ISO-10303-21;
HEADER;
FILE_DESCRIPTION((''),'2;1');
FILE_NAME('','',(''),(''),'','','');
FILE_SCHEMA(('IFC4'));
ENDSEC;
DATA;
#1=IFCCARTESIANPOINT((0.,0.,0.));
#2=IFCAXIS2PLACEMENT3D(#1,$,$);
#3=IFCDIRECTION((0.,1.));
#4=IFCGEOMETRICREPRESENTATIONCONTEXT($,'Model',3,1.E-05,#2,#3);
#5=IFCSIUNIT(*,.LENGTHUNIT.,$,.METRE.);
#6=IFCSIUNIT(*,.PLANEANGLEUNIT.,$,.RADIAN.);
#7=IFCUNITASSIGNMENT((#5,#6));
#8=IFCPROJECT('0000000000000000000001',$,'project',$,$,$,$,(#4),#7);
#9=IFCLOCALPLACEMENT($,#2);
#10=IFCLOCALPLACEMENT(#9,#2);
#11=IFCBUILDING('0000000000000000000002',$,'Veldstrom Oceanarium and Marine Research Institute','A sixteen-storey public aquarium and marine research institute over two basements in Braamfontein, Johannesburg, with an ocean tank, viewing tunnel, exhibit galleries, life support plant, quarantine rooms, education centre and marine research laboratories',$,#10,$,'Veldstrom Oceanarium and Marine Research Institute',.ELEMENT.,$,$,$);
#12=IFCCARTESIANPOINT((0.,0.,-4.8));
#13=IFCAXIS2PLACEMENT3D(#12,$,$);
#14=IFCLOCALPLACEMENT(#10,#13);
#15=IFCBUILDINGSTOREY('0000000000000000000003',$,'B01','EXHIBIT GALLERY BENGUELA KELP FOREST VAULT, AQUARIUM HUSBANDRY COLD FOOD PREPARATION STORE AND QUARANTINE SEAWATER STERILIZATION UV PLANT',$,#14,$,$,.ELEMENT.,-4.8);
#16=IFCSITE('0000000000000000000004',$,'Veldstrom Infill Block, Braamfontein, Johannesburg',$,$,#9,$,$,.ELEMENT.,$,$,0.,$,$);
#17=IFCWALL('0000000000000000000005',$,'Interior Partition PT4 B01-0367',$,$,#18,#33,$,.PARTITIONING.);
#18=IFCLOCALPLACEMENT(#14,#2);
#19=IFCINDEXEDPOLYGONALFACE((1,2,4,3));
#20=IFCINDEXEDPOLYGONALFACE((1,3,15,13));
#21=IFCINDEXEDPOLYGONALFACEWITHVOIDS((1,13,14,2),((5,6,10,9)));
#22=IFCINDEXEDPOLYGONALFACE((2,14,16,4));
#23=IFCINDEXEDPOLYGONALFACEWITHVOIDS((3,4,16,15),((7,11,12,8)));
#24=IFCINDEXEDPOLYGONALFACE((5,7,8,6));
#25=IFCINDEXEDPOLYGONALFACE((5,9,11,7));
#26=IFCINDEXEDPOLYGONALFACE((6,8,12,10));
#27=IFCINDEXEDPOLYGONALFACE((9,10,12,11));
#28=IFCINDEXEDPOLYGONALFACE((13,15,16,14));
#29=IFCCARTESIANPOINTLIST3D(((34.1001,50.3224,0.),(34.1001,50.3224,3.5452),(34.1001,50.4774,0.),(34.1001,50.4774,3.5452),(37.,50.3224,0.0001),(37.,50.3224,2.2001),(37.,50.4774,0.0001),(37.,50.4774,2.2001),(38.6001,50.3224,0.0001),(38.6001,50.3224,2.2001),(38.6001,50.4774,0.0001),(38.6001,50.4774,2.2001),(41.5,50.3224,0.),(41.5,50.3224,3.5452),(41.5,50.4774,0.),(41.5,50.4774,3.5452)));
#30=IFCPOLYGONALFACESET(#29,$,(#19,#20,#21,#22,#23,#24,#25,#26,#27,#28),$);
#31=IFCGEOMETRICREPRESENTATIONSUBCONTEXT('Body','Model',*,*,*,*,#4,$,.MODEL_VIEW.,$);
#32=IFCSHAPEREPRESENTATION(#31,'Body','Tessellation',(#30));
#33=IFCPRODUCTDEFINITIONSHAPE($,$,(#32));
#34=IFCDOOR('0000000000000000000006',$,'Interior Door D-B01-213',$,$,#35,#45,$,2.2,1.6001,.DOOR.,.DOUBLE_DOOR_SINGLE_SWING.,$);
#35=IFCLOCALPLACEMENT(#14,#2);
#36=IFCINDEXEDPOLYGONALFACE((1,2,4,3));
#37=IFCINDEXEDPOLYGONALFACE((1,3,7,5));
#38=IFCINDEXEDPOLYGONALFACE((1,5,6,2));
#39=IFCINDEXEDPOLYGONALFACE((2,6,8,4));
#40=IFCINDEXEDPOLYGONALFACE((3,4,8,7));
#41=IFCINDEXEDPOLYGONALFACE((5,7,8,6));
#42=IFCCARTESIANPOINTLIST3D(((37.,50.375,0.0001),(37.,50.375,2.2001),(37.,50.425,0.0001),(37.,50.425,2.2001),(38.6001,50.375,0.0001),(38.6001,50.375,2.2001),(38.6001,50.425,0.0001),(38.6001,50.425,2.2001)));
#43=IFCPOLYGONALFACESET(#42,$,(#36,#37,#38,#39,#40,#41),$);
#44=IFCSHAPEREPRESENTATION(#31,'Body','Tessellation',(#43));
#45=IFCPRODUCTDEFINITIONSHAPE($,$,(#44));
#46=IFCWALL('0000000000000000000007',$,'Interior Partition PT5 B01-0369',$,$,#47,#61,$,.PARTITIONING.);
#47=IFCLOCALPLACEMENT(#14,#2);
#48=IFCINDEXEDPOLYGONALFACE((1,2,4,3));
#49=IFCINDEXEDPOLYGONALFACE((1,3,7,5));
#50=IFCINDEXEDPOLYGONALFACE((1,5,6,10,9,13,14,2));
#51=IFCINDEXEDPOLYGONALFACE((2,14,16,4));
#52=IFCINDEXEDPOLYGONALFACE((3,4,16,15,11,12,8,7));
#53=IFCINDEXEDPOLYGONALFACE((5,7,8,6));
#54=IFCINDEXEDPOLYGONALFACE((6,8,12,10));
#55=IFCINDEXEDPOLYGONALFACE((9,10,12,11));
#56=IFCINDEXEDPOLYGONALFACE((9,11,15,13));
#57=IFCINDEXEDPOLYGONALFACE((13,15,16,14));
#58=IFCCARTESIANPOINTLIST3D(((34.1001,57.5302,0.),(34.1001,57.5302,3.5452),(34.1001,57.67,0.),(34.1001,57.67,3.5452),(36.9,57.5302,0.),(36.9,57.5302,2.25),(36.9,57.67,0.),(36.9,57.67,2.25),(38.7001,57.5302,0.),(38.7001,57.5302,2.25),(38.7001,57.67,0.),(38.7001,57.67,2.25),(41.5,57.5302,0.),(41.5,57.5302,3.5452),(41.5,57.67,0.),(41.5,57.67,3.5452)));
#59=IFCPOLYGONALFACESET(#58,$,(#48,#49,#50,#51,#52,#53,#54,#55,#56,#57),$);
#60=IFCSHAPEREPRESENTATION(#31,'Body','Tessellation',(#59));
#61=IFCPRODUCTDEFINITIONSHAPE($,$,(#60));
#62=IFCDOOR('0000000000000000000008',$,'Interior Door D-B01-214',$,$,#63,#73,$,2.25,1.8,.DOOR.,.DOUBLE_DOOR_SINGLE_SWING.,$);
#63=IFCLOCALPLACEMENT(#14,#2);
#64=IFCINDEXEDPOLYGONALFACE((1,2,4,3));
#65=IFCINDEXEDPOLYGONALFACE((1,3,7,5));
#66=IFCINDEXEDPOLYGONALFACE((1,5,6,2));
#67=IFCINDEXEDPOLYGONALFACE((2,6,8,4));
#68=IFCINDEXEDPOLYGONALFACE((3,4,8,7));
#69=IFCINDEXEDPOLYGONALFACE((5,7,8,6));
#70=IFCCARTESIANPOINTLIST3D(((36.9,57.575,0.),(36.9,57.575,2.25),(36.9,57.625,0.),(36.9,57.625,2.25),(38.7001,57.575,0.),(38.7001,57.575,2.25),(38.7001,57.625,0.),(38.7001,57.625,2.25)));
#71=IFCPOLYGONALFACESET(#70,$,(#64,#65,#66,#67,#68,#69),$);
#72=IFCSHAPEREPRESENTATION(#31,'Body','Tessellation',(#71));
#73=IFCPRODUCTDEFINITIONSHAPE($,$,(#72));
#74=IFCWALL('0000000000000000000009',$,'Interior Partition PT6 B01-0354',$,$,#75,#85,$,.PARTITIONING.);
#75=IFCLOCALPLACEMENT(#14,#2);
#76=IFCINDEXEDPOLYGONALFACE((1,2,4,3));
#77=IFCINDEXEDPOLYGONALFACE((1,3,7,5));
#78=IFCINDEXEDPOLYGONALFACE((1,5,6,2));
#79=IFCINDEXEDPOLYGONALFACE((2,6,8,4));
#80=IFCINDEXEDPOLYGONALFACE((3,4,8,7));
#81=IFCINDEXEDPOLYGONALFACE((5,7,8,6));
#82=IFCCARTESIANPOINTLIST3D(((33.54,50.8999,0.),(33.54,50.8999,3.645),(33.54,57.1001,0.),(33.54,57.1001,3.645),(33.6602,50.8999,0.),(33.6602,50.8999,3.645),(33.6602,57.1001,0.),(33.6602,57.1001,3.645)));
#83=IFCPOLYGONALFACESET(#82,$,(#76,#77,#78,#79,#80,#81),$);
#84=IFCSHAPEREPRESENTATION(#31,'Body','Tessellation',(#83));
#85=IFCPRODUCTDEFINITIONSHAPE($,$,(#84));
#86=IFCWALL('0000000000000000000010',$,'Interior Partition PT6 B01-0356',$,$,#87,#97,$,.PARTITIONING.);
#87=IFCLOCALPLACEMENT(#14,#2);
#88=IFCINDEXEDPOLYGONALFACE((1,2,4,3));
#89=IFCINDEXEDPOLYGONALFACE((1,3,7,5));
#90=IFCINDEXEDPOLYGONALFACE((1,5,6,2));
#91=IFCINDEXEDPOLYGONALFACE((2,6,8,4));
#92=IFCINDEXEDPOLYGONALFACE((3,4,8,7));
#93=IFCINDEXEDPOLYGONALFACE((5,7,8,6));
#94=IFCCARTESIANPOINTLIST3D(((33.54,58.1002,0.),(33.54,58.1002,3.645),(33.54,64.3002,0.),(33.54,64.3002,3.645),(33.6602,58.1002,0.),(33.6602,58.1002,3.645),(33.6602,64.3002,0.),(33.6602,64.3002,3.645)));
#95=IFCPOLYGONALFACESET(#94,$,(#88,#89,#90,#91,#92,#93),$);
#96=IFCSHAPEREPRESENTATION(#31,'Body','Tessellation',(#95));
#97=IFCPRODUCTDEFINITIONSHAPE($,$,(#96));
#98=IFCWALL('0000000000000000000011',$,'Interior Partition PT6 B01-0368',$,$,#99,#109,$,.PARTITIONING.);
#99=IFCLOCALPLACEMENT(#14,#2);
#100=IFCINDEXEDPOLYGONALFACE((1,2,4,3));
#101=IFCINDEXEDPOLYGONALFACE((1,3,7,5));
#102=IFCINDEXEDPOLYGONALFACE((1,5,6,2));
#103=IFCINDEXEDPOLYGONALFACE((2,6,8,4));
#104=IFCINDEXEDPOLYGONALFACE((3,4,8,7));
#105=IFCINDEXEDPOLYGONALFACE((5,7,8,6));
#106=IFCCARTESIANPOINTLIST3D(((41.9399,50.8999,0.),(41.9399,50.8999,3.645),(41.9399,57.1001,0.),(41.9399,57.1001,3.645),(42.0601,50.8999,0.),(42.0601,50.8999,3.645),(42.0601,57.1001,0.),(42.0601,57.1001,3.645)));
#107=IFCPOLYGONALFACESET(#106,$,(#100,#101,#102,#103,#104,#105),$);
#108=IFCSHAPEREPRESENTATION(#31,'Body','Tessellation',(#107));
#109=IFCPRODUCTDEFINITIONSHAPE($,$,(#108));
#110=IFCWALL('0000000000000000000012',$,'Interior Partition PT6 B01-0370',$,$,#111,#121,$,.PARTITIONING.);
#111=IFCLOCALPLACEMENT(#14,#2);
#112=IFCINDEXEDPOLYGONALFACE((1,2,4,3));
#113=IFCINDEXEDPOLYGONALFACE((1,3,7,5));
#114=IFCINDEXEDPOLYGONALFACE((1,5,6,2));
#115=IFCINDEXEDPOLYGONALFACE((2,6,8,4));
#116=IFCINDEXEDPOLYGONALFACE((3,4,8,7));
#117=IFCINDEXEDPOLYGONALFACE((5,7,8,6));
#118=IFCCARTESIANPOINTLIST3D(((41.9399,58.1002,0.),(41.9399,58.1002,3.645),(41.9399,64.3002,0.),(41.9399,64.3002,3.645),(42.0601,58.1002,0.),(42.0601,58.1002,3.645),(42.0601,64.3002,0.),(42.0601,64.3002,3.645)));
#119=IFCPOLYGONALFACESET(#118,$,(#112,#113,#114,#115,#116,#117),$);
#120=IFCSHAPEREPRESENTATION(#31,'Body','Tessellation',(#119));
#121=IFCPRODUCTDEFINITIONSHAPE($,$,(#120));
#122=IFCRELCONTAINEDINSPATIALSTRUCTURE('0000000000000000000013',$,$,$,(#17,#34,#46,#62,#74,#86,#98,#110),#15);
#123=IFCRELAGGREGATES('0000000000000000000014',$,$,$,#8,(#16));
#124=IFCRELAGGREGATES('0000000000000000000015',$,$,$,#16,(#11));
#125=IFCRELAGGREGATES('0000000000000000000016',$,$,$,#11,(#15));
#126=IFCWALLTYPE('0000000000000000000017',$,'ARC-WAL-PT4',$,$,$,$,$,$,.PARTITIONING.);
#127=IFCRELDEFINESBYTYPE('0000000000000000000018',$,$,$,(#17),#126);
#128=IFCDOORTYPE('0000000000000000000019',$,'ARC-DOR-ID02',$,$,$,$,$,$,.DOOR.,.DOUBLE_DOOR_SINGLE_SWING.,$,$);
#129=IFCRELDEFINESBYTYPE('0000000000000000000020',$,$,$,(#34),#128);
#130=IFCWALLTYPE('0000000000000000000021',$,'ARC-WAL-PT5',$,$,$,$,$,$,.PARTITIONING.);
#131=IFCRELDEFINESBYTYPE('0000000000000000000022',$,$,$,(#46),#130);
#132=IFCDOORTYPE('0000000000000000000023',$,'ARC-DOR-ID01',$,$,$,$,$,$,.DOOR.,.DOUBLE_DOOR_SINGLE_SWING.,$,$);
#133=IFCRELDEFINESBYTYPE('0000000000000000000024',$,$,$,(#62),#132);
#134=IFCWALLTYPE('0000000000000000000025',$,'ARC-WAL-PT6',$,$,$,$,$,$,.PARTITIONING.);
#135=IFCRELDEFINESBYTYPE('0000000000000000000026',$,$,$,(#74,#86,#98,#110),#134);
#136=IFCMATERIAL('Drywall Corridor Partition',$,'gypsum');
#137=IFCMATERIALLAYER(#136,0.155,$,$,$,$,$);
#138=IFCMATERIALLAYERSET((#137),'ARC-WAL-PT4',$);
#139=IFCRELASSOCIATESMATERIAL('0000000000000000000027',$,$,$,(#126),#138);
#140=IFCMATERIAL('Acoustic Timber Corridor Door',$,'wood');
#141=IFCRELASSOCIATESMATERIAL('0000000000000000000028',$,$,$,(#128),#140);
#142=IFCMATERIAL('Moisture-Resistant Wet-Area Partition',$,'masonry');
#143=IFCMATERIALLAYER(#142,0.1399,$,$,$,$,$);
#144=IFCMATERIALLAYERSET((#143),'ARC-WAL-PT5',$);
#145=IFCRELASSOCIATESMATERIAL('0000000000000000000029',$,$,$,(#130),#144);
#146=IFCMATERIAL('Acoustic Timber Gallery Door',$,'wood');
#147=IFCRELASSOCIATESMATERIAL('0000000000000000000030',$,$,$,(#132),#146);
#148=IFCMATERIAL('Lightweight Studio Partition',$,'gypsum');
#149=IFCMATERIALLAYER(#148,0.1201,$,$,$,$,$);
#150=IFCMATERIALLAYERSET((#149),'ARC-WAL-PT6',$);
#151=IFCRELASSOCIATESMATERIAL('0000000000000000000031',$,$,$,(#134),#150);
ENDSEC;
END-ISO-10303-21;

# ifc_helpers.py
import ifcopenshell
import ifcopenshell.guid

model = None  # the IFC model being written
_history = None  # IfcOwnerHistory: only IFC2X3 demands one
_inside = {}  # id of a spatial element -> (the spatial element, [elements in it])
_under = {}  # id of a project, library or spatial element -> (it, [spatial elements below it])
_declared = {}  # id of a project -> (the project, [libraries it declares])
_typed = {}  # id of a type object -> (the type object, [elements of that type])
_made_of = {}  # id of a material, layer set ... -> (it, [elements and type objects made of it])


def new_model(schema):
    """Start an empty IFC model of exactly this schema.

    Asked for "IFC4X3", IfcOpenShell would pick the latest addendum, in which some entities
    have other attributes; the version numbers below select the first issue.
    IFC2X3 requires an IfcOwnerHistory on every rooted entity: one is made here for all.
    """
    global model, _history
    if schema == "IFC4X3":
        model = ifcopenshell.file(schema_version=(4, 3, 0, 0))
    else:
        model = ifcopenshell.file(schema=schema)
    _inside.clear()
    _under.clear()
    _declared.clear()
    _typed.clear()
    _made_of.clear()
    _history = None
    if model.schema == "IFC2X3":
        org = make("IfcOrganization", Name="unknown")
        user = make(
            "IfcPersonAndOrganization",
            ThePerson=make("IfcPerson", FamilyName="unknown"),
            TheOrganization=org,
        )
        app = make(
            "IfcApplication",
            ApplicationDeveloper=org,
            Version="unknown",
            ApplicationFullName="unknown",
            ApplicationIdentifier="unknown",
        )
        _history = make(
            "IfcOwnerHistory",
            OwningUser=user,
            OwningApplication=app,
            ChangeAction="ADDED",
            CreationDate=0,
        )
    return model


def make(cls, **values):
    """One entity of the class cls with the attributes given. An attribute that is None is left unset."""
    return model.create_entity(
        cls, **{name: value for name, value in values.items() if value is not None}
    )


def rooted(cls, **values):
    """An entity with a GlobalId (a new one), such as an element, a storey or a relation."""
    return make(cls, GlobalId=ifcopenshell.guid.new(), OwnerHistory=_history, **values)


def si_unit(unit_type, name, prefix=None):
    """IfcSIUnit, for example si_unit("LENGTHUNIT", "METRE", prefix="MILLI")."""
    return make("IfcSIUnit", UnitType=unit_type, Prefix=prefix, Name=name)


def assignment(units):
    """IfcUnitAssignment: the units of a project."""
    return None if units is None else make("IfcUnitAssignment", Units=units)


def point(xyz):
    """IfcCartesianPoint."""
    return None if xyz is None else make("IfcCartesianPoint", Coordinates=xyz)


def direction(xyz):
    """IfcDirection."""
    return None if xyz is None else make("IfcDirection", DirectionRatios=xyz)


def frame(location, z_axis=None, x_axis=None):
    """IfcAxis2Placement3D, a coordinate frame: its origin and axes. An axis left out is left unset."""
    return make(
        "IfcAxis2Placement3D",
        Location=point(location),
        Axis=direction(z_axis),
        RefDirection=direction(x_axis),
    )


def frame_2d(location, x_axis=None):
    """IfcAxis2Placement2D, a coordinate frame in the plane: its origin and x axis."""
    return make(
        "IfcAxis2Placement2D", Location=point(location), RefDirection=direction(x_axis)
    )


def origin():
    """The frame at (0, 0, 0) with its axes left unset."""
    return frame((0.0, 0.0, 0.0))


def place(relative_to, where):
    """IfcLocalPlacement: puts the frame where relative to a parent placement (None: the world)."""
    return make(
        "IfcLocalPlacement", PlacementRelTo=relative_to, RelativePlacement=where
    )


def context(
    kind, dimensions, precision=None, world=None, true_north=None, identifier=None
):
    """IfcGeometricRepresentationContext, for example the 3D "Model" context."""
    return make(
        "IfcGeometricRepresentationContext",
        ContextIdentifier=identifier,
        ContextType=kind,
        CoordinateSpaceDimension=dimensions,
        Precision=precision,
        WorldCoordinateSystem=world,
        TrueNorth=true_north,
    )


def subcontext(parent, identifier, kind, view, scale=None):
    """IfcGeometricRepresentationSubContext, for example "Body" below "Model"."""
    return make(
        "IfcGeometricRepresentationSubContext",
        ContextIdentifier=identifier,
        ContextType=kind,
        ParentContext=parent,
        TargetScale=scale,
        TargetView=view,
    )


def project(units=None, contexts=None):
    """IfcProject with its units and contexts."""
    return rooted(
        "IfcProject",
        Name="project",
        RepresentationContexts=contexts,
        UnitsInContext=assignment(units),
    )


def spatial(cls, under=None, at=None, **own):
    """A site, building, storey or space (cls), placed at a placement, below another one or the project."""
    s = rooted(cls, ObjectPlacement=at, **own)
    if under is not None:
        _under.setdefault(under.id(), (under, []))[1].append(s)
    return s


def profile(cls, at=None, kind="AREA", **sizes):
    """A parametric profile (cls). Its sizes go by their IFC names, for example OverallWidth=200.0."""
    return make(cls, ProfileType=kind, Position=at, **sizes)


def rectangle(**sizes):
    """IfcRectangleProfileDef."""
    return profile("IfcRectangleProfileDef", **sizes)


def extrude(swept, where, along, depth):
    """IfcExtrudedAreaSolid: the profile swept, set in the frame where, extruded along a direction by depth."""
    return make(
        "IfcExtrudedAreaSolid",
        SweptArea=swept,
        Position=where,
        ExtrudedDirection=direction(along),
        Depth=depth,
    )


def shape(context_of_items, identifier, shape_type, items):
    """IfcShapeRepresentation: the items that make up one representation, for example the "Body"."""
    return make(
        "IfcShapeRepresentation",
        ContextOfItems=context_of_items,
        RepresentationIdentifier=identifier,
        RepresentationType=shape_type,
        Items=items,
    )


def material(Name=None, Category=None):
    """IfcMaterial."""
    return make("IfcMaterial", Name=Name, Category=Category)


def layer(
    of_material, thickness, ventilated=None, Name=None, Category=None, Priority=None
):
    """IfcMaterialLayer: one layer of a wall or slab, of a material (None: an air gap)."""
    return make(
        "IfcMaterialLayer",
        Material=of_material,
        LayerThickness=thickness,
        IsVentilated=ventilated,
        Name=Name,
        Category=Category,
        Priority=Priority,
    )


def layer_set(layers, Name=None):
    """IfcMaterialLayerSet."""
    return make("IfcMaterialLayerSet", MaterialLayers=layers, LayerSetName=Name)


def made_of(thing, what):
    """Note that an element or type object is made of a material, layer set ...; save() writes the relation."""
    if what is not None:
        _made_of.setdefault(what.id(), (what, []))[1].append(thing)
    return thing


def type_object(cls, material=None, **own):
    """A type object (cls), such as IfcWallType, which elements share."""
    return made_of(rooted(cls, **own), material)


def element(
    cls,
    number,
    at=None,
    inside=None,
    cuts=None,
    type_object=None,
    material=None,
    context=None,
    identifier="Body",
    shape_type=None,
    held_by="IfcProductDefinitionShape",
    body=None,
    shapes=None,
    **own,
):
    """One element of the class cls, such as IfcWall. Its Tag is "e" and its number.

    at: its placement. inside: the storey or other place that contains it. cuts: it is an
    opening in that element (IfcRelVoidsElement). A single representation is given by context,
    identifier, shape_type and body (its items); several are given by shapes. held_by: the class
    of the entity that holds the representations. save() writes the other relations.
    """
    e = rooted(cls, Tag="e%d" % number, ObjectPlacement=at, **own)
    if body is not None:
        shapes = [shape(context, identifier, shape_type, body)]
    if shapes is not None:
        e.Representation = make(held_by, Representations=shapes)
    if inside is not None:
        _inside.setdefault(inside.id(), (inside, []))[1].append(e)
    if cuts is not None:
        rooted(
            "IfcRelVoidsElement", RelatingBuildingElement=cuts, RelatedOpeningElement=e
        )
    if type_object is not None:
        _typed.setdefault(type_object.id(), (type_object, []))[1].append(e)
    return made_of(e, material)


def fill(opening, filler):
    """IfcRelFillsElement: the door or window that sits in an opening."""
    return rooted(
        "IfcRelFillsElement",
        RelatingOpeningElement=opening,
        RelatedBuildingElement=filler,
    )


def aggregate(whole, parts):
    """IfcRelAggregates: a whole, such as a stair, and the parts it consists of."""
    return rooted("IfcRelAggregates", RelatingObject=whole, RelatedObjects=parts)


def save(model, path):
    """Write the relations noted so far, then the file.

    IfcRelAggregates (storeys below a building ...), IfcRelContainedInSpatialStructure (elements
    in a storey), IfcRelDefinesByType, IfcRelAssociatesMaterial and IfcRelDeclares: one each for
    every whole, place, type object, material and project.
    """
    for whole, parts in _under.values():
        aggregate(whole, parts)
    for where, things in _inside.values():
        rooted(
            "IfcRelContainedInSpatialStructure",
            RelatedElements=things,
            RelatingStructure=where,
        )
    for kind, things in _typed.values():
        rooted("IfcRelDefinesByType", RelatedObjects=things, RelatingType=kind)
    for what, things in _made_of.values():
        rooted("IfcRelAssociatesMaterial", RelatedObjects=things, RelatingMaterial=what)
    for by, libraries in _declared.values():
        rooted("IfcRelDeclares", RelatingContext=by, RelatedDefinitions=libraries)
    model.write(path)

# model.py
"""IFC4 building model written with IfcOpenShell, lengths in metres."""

from ifc_helpers import new_model, si_unit, direction, frame, frame_2d, origin, place, context, subcontext, project, spatial, rectangle, extrude, material, layer, layer_set, type_object, element, fill, save


model = new_model("IFC4")

# Units and contexts
model_context = context("Model", 3, precision=1e-05, world=origin(), true_north=direction((0.0, 1.0)))
body_context = subcontext(model_context, "Body", "Model", "MODEL_VIEW")
ifc_project = project(units=[si_unit("LENGTHUNIT", "METRE"), si_unit("PLANEANGLEUNIT", "RADIAN")], contexts=[model_context])

# Site, building, storey
site_placement = place(None, origin())
site = spatial("IfcSite", under=ifc_project, at=site_placement, Name="Veldstrom Infill Block, Braamfontein, Johannesburg", CompositionType="ELEMENT", RefElevation=0.0)
building_placement = place(site_placement, origin())
building = spatial("IfcBuilding", under=site, at=building_placement, Name="Veldstrom Oceanarium and Marine Research Institute", Description="A sixteen-storey public aquarium and marine research institute over two basements in Braamfontein, Johannesburg, with an ocean tank, viewing tunnel, exhibit galleries, life support plant, quarantine rooms, education centre and marine research laboratories", LongName="Veldstrom Oceanarium and Marine Research Institute", CompositionType="ELEMENT")
storey_placement = place(building_placement, frame((0.0, 0.0, -4.8)))
storey = spatial("IfcBuildingStorey", under=building, at=storey_placement, Name="B01", Description="EXHIBIT GALLERY BENGUELA KELP FOREST VAULT, AQUARIUM HUSBANDRY COLD FOOD PREPARATION STORE AND QUARANTINE SEAWATER STERILIZATION UV PLANT", CompositionType="ELEMENT", Elevation=-4.8)

# Walls, openings, doors
ifc_material_1 = material(Name="Drywall Corridor Partition", Category="gypsum")
ifc_layer_1 = layer(ifc_material_1, 0.155)
ifc_layer_set_1 = layer_set([ifc_layer_1], Name="ARC-WAL-PT4")
wall_type_1 = type_object("IfcWallType", Name="ARC-WAL-PT4", PredefinedType="PARTITIONING", material=ifc_layer_set_1)
wall_1_placement = place(storey_placement, frame((34.1001, 50.3999, 0.0), z_axis=(0.0, 0.0, 1.0), x_axis=(1.0, 0.0, 0.0)))
wall_1 = element("IfcWall", 1, at=wall_1_placement, inside=storey, type_object=wall_type_1, Name="Interior Partition PT4 B01-0367", PredefinedType="PARTITIONING", context=body_context, shape_type="SweptSolid", body=[
    extrude(rectangle(XDim=7.3999, YDim=0.155, at=frame_2d((3.7, 0.0))), origin(), (0.0, 0.0, 1.0), 3.5452),
])
opening_1_placement = place(wall_1_placement, frame((2.8999, 0.0, 0.0)))
opening_1 = element("IfcOpeningElement", 2, at=opening_1_placement, cuts=wall_1, PredefinedType="OPENING", context=body_context, shape_type="SweptSolid", body=[
    extrude(rectangle(XDim=1.6001, YDim=2.2, at=frame_2d((0.8, 1.1001))), frame((0.0, 0.0874, 0.0), z_axis=(0.0, -1.0, 0.0), x_axis=(1.0, 0.0, 0.0)), (0.0, 0.0, 1.0), 0.175),
])
ifc_material_2 = material(Name="Acoustic Timber Corridor Door", Category="wood")
door_type_1 = type_object("IfcDoorType", Name="ARC-DOR-ID02", OperationType="DOUBLE_DOOR_SINGLE_SWING", PredefinedType="DOOR", material=ifc_material_2)
door_1_placement = place(opening_1_placement, frame((1.6001, 0.0, 0.0), z_axis=(0.0, 0.0, 1.0), x_axis=(-1.0, 0.0, 0.0)))
door_1 = element("IfcDoor", 3, at=door_1_placement, inside=storey, type_object=door_type_1, Name="Interior Door D-B01-213", OperationType="DOUBLE_DOOR_SINGLE_SWING", OverallHeight=2.2, OverallWidth=1.6001, PredefinedType="DOOR", context=body_context, shape_type="SweptSolid", body=[
    extrude(rectangle(XDim=1.6001, YDim=2.2, at=frame_2d((0.8, 1.1001))), frame((0.0, 0.0249, 0.0), z_axis=(0.0, -1.0, 0.0), x_axis=(1.0, 0.0, 0.0)), (0.0, 0.0, 1.0), 0.05),
])
fill(opening_1, door_1)
ifc_material_3 = material(Name="Moisture-Resistant Wet-Area Partition", Category="masonry")
ifc_layer_2 = layer(ifc_material_3, 0.1399)
ifc_layer_set_2 = layer_set([ifc_layer_2], Name="ARC-WAL-PT5")
wall_type_2 = type_object("IfcWallType", Name="ARC-WAL-PT5", PredefinedType="PARTITIONING", material=ifc_layer_set_2)
wall_2_placement = place(storey_placement, frame((34.1001, 57.6001, 0.0), z_axis=(0.0, 0.0, 1.0), x_axis=(1.0, 0.0, 0.0)))
wall_2 = element("IfcWall", 4, at=wall_2_placement, inside=storey, type_object=wall_type_2, Name="Interior Partition PT5 B01-0369", PredefinedType="PARTITIONING", context=body_context, shape_type="SweptSolid", body=[
    extrude(rectangle(XDim=7.3999, YDim=0.1399, at=frame_2d((3.7, 0.0))), origin(), (0.0, 0.0, 1.0), 3.5452),
])
opening_2_placement = place(wall_2_placement, frame((2.8, 0.0, 0.0)))
opening_2 = element("IfcOpeningElement", 5, at=opening_2_placement, cuts=wall_2, PredefinedType="OPENING", context=body_context, shape_type="SweptSolid", body=[
    extrude(rectangle(XDim=1.8, YDim=2.25, at=frame_2d((0.8999, 1.125))), frame((0.0, 0.0798, 0.0), z_axis=(0.0, -1.0, 0.0), x_axis=(1.0, 0.0, 0.0)), (0.0, 0.0, 1.0), 0.1599),
])
ifc_material_4 = material(Name="Acoustic Timber Gallery Door", Category="wood")
door_type_2 = type_object("IfcDoorType", Name="ARC-DOR-ID01", OperationType="DOUBLE_DOOR_SINGLE_SWING", PredefinedType="DOOR", material=ifc_material_4)
door_2_placement = place(opening_2_placement, origin())
door_2 = element("IfcDoor", 6, at=door_2_placement, inside=storey, type_object=door_type_2, Name="Interior Door D-B01-214", OperationType="DOUBLE_DOOR_SINGLE_SWING", OverallHeight=2.25, OverallWidth=1.8, PredefinedType="DOOR", context=body_context, shape_type="SweptSolid", body=[
    extrude(rectangle(XDim=1.8, YDim=2.25, at=frame_2d((0.8999, 1.125))), frame((0.0, 0.0249, 0.0), z_axis=(0.0, -1.0, 0.0), x_axis=(1.0, 0.0, 0.0)), (0.0, 0.0, 1.0), 0.05),
])
fill(opening_2, door_2)

# Walls
ifc_material_5 = material(Name="Lightweight Studio Partition", Category="gypsum")
ifc_layer_3 = layer(ifc_material_5, 0.1201)
ifc_layer_set_3 = layer_set([ifc_layer_3], Name="ARC-WAL-PT6")
wall_type_3 = type_object("IfcWallType", Name="ARC-WAL-PT6", PredefinedType="PARTITIONING", material=ifc_layer_set_3)
wall_3_placement = place(storey_placement, frame((33.6001, 50.8999, 0.0), z_axis=(0.0, 0.0, 1.0), x_axis=(0.0, 1.0, 0.0)))
element("IfcWall", 7, at=wall_3_placement, inside=storey, type_object=wall_type_3, Name="Interior Partition PT6 B01-0354", PredefinedType="PARTITIONING", context=body_context, shape_type="SweptSolid", body=[
    extrude(rectangle(XDim=6.2002, YDim=0.1201, at=frame_2d((3.1001, 0.0))), origin(), (0.0, 0.0, 1.0), 3.645),
])
wall_4_placement = place(storey_placement, frame((33.6001, 58.1001, 0.0), z_axis=(0.0, 0.0, 1.0), x_axis=(0.0, 1.0, 0.0)))
element("IfcWall", 8, at=wall_4_placement, inside=storey, type_object=wall_type_3, Name="Interior Partition PT6 B01-0356", PredefinedType="PARTITIONING", context=body_context, shape_type="SweptSolid", body=[
    extrude(rectangle(XDim=6.2, YDim=0.1201, at=frame_2d((3.1001, 0.0))), origin(), (0.0, 0.0, 1.0), 3.645),
])
wall_5_placement = place(storey_placement, frame((42.0, 50.8999, 0.0), z_axis=(0.0, 0.0, 1.0), x_axis=(0.0, 1.0, 0.0)))
element("IfcWall", 9, at=wall_5_placement, inside=storey, type_object=wall_type_3, Name="Interior Partition PT6 B01-0368", PredefinedType="PARTITIONING", context=body_context, shape_type="SweptSolid", body=[
    extrude(rectangle(XDim=6.2002, YDim=0.1201, at=frame_2d((3.1001, 0.0))), origin(), (0.0, 0.0, 1.0), 3.645),
])
wall_6_placement = place(storey_placement, frame((42.0, 58.1001, 0.0), z_axis=(0.0, 0.0, 1.0), x_axis=(0.0, 1.0, 0.0)))
element("IfcWall", 10, at=wall_6_placement, inside=storey, type_object=wall_type_3, Name="Interior Partition PT6 B01-0370", PredefinedType="PARTITIONING", context=body_context, shape_type="SweptSolid", body=[
    extrude(rectangle(XDim=6.2, YDim=0.1201, at=frame_2d((3.1001, 0.0))), origin(), (0.0, 0.0, 1.0), 3.645),
])

save(model, "model.ifc")
